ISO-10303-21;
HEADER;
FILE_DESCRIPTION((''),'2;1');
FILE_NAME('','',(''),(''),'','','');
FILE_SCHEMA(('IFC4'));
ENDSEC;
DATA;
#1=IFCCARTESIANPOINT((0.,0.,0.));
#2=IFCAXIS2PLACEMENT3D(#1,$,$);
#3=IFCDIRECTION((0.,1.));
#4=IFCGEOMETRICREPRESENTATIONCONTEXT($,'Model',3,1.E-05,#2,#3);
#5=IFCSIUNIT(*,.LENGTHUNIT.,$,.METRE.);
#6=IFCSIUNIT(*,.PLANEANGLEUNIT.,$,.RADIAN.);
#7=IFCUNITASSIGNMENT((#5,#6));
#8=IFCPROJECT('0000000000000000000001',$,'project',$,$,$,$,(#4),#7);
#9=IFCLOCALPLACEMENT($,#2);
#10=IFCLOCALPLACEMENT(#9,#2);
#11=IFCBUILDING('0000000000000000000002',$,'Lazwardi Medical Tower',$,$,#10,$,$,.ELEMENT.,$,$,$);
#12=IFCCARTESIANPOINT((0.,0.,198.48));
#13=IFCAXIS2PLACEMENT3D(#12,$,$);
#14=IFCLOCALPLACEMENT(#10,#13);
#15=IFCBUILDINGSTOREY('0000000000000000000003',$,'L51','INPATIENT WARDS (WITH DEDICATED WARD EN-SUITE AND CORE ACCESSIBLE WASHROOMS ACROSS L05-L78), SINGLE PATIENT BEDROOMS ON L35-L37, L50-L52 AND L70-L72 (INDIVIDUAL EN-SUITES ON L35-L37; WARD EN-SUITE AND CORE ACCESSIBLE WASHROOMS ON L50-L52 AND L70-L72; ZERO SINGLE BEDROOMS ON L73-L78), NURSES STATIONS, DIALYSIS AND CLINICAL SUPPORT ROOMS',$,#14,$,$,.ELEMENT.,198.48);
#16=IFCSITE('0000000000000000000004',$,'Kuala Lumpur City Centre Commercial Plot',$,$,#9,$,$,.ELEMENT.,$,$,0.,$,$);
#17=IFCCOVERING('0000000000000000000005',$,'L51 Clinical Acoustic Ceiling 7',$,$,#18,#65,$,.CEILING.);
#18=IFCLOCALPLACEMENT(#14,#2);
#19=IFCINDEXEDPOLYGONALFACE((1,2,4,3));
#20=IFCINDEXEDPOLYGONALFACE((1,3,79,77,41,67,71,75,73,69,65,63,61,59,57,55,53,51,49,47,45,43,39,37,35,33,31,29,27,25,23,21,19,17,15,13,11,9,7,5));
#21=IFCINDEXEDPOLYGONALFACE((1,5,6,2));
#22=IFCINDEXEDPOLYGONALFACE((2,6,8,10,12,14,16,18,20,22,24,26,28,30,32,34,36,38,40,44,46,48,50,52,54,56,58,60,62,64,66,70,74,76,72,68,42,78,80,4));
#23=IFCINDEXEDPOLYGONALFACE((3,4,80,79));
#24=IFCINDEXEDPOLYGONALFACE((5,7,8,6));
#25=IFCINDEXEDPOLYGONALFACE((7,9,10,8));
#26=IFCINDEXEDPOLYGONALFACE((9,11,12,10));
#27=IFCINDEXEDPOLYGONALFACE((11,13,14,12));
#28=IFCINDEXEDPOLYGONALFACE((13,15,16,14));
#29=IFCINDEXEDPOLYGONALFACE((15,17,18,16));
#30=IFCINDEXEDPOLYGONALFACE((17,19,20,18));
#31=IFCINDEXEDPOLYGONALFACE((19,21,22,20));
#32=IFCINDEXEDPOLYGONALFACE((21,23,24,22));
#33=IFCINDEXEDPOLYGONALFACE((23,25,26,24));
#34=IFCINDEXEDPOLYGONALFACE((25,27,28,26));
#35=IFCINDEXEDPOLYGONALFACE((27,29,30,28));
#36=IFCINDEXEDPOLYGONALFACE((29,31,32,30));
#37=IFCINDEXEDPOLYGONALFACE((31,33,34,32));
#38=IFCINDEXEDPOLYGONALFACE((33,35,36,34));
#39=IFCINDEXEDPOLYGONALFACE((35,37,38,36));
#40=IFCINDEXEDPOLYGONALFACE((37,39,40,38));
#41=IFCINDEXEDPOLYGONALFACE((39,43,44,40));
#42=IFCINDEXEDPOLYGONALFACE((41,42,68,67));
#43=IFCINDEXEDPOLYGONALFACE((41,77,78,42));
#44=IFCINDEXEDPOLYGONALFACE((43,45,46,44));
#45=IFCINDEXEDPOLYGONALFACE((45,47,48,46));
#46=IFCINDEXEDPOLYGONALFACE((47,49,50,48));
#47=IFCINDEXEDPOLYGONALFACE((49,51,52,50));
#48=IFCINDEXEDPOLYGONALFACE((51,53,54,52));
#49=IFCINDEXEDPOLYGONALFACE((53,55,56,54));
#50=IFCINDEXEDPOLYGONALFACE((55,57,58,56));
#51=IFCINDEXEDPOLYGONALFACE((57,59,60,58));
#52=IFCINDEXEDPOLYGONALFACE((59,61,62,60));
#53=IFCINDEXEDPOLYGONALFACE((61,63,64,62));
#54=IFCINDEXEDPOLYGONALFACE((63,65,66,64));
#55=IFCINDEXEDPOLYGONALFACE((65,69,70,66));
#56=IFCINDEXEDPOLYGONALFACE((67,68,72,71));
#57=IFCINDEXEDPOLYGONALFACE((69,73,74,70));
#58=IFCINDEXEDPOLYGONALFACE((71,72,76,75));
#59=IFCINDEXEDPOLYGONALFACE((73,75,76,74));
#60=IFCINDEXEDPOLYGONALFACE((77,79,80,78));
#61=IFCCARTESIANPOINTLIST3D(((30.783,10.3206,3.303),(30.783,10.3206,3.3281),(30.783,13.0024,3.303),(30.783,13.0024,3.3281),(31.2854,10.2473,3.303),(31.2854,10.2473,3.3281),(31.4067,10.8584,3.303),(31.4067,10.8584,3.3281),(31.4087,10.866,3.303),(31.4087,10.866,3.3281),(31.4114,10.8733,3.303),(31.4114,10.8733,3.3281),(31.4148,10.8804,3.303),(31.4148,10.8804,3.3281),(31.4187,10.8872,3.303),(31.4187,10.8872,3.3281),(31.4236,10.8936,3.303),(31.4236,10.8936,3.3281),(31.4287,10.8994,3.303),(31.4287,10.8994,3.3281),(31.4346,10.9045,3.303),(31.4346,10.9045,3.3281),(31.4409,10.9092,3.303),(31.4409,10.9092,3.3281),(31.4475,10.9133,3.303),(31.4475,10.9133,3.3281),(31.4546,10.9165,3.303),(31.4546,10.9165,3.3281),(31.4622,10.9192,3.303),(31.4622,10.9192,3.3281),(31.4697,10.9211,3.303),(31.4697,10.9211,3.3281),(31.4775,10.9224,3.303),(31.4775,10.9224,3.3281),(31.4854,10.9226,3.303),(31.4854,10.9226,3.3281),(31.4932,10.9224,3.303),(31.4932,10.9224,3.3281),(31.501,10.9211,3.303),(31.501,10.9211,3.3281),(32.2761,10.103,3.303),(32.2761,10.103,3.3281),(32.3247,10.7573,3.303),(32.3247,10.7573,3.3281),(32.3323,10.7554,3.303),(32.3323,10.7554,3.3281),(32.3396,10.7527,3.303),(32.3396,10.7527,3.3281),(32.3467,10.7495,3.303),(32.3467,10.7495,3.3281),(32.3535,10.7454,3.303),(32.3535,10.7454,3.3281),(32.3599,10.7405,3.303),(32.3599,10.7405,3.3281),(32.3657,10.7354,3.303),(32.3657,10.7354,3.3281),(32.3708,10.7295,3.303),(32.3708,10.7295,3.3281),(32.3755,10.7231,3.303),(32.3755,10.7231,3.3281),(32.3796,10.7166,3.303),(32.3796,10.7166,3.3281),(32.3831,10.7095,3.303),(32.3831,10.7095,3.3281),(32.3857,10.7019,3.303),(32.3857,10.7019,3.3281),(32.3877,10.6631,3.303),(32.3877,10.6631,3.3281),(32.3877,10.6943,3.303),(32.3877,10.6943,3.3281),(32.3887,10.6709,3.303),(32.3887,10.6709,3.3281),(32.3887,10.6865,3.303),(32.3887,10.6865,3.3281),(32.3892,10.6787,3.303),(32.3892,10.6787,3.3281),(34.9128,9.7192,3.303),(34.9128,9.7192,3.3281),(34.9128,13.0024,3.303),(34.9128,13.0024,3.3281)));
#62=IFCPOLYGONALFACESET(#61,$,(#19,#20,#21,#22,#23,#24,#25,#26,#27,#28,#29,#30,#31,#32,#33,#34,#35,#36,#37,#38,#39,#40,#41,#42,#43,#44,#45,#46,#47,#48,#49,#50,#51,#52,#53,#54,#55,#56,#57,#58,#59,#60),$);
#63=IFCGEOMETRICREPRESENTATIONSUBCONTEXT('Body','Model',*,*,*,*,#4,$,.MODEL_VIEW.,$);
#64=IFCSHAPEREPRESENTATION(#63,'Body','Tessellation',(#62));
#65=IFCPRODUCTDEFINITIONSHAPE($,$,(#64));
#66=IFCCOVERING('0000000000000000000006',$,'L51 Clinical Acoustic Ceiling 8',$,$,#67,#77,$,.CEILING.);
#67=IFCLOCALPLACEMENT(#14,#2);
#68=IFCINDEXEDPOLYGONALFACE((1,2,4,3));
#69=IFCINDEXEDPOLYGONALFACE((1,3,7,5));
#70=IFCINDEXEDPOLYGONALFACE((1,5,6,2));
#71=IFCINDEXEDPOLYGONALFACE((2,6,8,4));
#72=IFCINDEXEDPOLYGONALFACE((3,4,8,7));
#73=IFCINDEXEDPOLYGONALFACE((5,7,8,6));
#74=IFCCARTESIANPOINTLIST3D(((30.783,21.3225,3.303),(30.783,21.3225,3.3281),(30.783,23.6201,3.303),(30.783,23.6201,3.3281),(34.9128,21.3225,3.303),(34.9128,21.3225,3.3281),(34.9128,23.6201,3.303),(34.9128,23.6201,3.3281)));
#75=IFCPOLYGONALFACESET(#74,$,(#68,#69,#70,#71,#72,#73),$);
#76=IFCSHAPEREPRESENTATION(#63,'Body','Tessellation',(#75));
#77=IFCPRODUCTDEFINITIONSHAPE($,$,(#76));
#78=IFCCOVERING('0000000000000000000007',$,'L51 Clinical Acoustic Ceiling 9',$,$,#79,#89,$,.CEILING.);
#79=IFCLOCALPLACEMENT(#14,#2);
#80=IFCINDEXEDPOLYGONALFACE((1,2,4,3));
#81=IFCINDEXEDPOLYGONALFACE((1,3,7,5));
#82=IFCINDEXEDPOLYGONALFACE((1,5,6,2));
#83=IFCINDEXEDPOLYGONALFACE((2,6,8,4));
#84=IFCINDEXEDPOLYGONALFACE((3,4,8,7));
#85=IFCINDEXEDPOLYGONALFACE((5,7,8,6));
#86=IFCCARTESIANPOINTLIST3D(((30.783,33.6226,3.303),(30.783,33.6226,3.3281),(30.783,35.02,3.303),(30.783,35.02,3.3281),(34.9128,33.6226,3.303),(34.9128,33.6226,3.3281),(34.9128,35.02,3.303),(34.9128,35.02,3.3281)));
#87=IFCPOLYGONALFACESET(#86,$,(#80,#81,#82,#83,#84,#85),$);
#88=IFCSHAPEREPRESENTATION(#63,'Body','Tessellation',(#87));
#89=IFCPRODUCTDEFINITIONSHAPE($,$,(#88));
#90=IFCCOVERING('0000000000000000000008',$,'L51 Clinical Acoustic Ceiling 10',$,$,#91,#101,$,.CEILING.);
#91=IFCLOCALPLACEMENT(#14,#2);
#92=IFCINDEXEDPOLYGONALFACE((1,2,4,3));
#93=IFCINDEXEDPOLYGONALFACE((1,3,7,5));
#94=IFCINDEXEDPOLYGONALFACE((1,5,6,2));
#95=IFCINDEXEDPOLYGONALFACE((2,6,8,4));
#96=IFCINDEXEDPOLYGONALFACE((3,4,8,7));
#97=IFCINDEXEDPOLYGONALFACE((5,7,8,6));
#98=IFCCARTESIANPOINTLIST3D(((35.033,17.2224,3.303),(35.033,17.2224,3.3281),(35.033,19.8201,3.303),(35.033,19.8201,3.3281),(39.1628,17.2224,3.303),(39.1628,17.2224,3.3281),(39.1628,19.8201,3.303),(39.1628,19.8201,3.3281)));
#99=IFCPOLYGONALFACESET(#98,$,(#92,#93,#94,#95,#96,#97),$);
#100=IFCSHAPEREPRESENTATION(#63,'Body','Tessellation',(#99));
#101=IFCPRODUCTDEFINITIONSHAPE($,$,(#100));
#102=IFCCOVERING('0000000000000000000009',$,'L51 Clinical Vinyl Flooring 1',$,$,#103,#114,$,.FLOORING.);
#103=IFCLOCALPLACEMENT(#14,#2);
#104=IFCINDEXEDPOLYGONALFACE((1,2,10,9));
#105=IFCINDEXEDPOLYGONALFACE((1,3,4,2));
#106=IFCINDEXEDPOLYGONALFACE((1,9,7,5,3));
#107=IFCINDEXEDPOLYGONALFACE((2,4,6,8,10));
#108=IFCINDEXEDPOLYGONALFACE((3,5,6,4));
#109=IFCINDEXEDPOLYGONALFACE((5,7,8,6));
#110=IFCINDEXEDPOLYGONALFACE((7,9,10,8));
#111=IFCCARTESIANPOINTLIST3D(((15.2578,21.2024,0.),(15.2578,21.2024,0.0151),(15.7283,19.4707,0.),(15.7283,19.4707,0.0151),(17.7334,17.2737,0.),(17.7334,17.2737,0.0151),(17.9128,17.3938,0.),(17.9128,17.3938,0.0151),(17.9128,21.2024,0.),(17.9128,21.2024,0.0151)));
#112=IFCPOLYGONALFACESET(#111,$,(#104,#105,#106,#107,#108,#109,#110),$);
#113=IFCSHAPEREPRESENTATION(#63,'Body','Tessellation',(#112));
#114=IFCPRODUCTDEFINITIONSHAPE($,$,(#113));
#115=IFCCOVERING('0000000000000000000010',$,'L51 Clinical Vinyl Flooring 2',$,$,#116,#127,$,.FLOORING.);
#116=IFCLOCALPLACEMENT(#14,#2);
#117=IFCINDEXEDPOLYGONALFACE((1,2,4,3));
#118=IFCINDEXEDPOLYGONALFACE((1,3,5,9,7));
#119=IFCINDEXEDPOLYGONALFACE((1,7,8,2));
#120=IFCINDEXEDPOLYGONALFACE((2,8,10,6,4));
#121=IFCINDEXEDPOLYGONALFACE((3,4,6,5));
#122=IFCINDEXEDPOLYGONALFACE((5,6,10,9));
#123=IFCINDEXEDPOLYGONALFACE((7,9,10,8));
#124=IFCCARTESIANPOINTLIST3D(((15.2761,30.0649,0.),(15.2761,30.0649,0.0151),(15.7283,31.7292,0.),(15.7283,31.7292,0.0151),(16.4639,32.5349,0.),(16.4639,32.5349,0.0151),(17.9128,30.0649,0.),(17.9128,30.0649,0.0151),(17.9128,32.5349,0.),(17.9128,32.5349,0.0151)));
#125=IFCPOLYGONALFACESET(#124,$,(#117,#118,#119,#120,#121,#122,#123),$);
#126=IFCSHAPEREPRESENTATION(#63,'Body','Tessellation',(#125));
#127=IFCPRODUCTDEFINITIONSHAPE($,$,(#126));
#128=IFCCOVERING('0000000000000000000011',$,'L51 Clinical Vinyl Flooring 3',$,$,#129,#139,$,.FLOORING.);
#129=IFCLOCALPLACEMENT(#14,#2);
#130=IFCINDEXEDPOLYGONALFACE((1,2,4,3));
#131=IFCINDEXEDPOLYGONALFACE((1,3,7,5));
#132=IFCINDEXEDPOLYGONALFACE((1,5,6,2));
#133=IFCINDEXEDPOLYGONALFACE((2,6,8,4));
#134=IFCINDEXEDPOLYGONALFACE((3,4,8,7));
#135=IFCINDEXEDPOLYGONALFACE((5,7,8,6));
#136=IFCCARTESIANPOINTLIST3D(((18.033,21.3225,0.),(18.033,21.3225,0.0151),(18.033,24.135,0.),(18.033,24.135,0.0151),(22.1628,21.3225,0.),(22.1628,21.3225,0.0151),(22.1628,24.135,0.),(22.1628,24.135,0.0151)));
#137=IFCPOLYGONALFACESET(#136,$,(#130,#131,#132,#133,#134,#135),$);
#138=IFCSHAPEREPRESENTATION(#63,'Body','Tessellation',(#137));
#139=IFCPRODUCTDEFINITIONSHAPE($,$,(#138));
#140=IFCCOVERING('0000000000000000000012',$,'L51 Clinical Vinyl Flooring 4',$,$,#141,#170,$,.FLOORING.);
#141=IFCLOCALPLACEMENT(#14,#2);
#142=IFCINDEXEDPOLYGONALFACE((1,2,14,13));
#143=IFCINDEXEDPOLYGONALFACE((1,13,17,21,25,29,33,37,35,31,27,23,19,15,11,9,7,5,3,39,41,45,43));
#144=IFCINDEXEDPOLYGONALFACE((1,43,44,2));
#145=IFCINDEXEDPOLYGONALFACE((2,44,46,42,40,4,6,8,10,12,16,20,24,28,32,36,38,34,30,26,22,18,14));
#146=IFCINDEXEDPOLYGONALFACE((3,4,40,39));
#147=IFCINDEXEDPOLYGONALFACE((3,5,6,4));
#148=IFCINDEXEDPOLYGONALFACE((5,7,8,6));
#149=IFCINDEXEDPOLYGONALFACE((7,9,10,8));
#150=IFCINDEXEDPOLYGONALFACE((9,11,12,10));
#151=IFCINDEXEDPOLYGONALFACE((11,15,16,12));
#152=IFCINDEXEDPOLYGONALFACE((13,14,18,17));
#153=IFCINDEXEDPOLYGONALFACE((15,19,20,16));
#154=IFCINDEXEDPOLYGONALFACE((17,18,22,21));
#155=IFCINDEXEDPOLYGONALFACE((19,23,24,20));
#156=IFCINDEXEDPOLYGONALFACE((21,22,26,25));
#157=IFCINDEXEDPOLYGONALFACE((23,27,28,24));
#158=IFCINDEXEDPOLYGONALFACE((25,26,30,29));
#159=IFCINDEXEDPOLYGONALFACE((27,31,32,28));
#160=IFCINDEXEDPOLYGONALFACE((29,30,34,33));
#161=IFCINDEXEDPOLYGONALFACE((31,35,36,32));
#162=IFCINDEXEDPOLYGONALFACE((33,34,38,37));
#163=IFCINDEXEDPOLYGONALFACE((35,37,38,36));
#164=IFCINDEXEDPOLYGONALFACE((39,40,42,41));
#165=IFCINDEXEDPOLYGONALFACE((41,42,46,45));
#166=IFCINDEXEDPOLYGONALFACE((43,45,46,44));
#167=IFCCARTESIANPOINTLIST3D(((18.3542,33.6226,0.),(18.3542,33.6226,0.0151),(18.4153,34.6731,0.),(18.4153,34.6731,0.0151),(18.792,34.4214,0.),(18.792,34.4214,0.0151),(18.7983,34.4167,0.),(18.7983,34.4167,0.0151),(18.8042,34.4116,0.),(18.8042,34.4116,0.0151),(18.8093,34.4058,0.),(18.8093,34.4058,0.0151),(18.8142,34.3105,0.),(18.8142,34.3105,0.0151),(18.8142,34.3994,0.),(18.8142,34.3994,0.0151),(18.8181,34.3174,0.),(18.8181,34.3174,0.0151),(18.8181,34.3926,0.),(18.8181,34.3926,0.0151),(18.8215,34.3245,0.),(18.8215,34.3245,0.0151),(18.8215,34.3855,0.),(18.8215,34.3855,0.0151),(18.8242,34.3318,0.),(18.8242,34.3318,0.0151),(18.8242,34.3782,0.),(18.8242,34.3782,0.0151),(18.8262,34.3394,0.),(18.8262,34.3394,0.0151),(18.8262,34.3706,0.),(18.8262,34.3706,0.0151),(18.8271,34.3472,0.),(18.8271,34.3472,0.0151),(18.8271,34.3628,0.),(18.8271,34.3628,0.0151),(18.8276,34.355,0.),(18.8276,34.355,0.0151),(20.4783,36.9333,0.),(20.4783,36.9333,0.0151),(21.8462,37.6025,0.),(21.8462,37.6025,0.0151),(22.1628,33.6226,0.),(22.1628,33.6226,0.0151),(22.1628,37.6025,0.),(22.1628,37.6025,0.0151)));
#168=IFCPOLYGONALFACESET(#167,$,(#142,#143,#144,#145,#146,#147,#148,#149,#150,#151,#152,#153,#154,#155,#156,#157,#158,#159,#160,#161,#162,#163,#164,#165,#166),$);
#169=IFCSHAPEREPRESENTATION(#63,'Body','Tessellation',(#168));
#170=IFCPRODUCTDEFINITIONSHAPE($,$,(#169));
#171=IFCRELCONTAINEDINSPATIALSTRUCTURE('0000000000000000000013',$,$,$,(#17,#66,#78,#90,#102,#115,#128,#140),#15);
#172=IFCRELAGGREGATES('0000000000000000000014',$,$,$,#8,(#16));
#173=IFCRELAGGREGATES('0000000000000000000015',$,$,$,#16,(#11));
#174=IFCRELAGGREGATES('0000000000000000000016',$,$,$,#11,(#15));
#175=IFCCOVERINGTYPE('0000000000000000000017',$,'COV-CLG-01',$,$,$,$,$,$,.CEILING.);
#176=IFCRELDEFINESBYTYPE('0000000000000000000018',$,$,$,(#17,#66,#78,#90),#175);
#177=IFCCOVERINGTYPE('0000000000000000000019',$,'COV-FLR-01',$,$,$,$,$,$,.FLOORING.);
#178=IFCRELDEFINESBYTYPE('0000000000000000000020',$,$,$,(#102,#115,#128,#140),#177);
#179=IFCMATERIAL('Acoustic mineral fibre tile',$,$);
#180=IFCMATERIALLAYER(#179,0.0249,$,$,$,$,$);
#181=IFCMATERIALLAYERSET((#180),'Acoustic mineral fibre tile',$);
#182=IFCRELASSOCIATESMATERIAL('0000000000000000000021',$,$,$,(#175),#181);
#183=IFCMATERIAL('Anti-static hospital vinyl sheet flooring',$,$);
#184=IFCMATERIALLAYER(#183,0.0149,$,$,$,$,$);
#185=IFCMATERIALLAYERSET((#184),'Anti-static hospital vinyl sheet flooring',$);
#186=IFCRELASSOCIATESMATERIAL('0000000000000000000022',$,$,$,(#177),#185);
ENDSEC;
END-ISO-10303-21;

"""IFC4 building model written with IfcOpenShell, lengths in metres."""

from ifc_helpers import new_model, si_unit, direction, frame, origin, place, context, subcontext, project, spatial, polyline, outline, extrude, material, layer, layer_set, type_object, element, save


model = new_model("IFC4")

# Units and contexts
model_context = context("Model", 3, precision=1e-05, world=origin(), true_north=direction((0.0, 1.0)))
body_context = subcontext(model_context, "Body", "Model", "MODEL_VIEW")
ifc_project = project(units=[si_unit("LENGTHUNIT", "METRE"), si_unit("PLANEANGLEUNIT", "RADIAN")], contexts=[model_context])

# Site, building, storey
site_placement = place(None, origin())
site = spatial("IfcSite", under=ifc_project, at=site_placement, Name="Kuala Lumpur City Centre Commercial Plot", CompositionType="ELEMENT", RefElevation=0.0)
building_placement = place(site_placement, origin())
building = spatial("IfcBuilding", under=site, at=building_placement, Name="Lazwardi Medical Tower", CompositionType="ELEMENT")
storey_placement = place(building_placement, frame((0.0, 0.0, 198.48)))
storey = spatial("IfcBuildingStorey", under=building, at=storey_placement, Name="L51", Description="INPATIENT WARDS (WITH DEDICATED WARD EN-SUITE AND CORE ACCESSIBLE WASHROOMS ACROSS L05-L78), SINGLE PATIENT BEDROOMS ON L35-L37, L50-L52 AND L70-L72 (INDIVIDUAL EN-SUITES ON L35-L37; WARD EN-SUITE AND CORE ACCESSIBLE WASHROOMS ON L50-L52 AND L70-L72; ZERO SINGLE BEDROOMS ON L73-L78), NURSES STATIONS, DIALYSIS AND CLINICAL SUPPORT ROOMS", CompositionType="ELEMENT", Elevation=198.48)

# Coverings
ifc_material_1 = material(Name="Acoustic mineral fibre tile")
ifc_layer_1 = layer(ifc_material_1, 0.0249)
ifc_layer_set_1 = layer_set([ifc_layer_1], Name="Acoustic mineral fibre tile")
covering_type_1 = type_object("IfcCoveringType", Name="COV-CLG-01", PredefinedType="CEILING", material=ifc_layer_set_1)
covering_1_placement = place(storey_placement, frame((0.0, 0.0, 3.303)))
element("IfcCovering", 1, at=covering_1_placement, inside=storey, type_object=covering_type_1, Name="L51 Clinical Acoustic Ceiling 7", PredefinedType="CEILING", context=body_context, shape_type="SweptSolid", body=[
    extrude(outline(polyline([(30.783, 10.3206), (31.2854, 10.2473), (31.4067, 10.8584), (31.4087, 10.866), (31.4114, 10.8733), (31.4148, 10.8804), (31.4187, 10.8872), (31.4236, 10.8936), (31.4287, 10.8994), (31.4346, 10.9045), (31.4409, 10.9092), (31.4475, 10.9133), (31.4546, 10.9165), (31.4622, 10.9192), (31.4697, 10.9211), (31.4775, 10.9224), (31.4854, 10.9226), (31.4932, 10.9224), (31.501, 10.9211), (32.3247, 10.7573), (32.3323, 10.7554), (32.3396, 10.7527), (32.3467, 10.7495), (32.3535, 10.7454), (32.3599, 10.7405), (32.3657, 10.7354), (32.3708, 10.7295), (32.3755, 10.7231), (32.3796, 10.7166), (32.3831, 10.7095), (32.3857, 10.7019), (32.3877, 10.6943), (32.3887, 10.6865), (32.3892, 10.6787), (32.3887, 10.6709), (32.3877, 10.6631), (32.2761, 10.103), (34.9128, 9.7192), (34.9128, 13.0024), (30.783, 13.0024), (30.783, 10.3206)])), origin(), (0.0, 0.0, 1.0), 0.0251),
])
covering_2_placement = place(storey_placement, frame((0.0, 0.0, 3.303)))
element("IfcCovering", 2, at=covering_2_placement, inside=storey, type_object=covering_type_1, Name="L51 Clinical Acoustic Ceiling 8", PredefinedType="CEILING", context=body_context, shape_type="SweptSolid", body=[
    extrude(outline(polyline([(34.9128, 23.6201), (30.783, 23.6201), (30.783, 21.3225), (34.9128, 21.3225), (34.9128, 23.6201)])), origin(), (0.0, 0.0, 1.0), 0.0251),
])
covering_3_placement = place(storey_placement, frame((0.0, 0.0, 3.303)))
element("IfcCovering", 3, at=covering_3_placement, inside=storey, type_object=covering_type_1, Name="L51 Clinical Acoustic Ceiling 9", PredefinedType="CEILING", context=body_context, shape_type="SweptSolid", body=[
    extrude(outline(polyline([(34.9128, 35.02), (30.783, 35.02), (30.783, 33.6226), (34.9128, 33.6226), (34.9128, 35.02)])), origin(), (0.0, 0.0, 1.0), 0.0251),
])
covering_4_placement = place(storey_placement, frame((0.0, 0.0, 3.303)))
element("IfcCovering", 4, at=covering_4_placement, inside=storey, type_object=covering_type_1, Name="L51 Clinical Acoustic Ceiling 10", PredefinedType="CEILING", context=body_context, shape_type="SweptSolid", body=[
    extrude(outline(polyline([(39.1628, 19.8201), (35.033, 19.8201), (35.033, 17.2224), (39.1628, 17.2224), (39.1628, 19.8201)])), origin(), (0.0, 0.0, 1.0), 0.0251),
])
ifc_material_2 = material(Name="Anti-static hospital vinyl sheet flooring")
ifc_layer_2 = layer(ifc_material_2, 0.0149)
ifc_layer_set_2 = layer_set([ifc_layer_2], Name="Anti-static hospital vinyl sheet flooring")
covering_type_2 = type_object("IfcCoveringType", Name="COV-FLR-01", PredefinedType="FLOORING", material=ifc_layer_set_2)
covering_5_placement = place(storey_placement, origin())
element("IfcCovering", 5, at=covering_5_placement, inside=storey, type_object=covering_type_2, Name="L51 Clinical Vinyl Flooring 1", PredefinedType="FLOORING", context=body_context, shape_type="SweptSolid", body=[
    extrude(outline(polyline([(15.2578, 21.2024), (15.7283, 19.4707), (17.7334, 17.2737), (17.9128, 17.3938), (17.9128, 21.2024), (15.2578, 21.2024)])), origin(), (0.0, 0.0, 1.0), 0.0151),
])
covering_6_placement = place(storey_placement, origin())
element("IfcCovering", 6, at=covering_6_placement, inside=storey, type_object=covering_type_2, Name="L51 Clinical Vinyl Flooring 2", PredefinedType="FLOORING", context=body_context, shape_type="SweptSolid", body=[
    extrude(outline(polyline([(17.9128, 32.5349), (16.4639, 32.5349), (15.7283, 31.7292), (15.2761, 30.0649), (17.9128, 30.0649), (17.9128, 32.5349)])), origin(), (0.0, 0.0, 1.0), 0.0151),
])
covering_7_placement = place(storey_placement, origin())
element("IfcCovering", 7, at=covering_7_placement, inside=storey, type_object=covering_type_2, Name="L51 Clinical Vinyl Flooring 3", PredefinedType="FLOORING", context=body_context, shape_type="SweptSolid", body=[
    extrude(outline(polyline([(22.1628, 24.135), (18.033, 24.135), (18.033, 21.3225), (22.1628, 21.3225), (22.1628, 24.135)])), origin(), (0.0, 0.0, 1.0), 0.0151),
])
covering_8_placement = place(storey_placement, origin())
element("IfcCovering", 8, at=covering_8_placement, inside=storey, type_object=covering_type_2, Name="L51 Clinical Vinyl Flooring 4", PredefinedType="FLOORING", context=body_context, shape_type="SweptSolid", body=[
    extrude(outline(polyline([(21.8462, 37.6025), (20.4783, 36.9333), (18.4153, 34.6731), (18.792, 34.4214), (18.7983, 34.4167), (18.8042, 34.4116), (18.8093, 34.4058), (18.8142, 34.3994), (18.8181, 34.3926), (18.8215, 34.3855), (18.8242, 34.3782), (18.8262, 34.3706), (18.8271, 34.3628), (18.8276, 34.355), (18.8271, 34.3472), (18.8262, 34.3394), (18.8242, 34.3318), (18.8215, 34.3245), (18.8181, 34.3174), (18.8142, 34.3105), (18.3542, 33.6226), (22.1628, 33.6226), (22.1628, 37.6025), (21.8462, 37.6025)])), origin(), (0.0, 0.0, 1.0), 0.0151),
])

save(model, "model.ifc")
